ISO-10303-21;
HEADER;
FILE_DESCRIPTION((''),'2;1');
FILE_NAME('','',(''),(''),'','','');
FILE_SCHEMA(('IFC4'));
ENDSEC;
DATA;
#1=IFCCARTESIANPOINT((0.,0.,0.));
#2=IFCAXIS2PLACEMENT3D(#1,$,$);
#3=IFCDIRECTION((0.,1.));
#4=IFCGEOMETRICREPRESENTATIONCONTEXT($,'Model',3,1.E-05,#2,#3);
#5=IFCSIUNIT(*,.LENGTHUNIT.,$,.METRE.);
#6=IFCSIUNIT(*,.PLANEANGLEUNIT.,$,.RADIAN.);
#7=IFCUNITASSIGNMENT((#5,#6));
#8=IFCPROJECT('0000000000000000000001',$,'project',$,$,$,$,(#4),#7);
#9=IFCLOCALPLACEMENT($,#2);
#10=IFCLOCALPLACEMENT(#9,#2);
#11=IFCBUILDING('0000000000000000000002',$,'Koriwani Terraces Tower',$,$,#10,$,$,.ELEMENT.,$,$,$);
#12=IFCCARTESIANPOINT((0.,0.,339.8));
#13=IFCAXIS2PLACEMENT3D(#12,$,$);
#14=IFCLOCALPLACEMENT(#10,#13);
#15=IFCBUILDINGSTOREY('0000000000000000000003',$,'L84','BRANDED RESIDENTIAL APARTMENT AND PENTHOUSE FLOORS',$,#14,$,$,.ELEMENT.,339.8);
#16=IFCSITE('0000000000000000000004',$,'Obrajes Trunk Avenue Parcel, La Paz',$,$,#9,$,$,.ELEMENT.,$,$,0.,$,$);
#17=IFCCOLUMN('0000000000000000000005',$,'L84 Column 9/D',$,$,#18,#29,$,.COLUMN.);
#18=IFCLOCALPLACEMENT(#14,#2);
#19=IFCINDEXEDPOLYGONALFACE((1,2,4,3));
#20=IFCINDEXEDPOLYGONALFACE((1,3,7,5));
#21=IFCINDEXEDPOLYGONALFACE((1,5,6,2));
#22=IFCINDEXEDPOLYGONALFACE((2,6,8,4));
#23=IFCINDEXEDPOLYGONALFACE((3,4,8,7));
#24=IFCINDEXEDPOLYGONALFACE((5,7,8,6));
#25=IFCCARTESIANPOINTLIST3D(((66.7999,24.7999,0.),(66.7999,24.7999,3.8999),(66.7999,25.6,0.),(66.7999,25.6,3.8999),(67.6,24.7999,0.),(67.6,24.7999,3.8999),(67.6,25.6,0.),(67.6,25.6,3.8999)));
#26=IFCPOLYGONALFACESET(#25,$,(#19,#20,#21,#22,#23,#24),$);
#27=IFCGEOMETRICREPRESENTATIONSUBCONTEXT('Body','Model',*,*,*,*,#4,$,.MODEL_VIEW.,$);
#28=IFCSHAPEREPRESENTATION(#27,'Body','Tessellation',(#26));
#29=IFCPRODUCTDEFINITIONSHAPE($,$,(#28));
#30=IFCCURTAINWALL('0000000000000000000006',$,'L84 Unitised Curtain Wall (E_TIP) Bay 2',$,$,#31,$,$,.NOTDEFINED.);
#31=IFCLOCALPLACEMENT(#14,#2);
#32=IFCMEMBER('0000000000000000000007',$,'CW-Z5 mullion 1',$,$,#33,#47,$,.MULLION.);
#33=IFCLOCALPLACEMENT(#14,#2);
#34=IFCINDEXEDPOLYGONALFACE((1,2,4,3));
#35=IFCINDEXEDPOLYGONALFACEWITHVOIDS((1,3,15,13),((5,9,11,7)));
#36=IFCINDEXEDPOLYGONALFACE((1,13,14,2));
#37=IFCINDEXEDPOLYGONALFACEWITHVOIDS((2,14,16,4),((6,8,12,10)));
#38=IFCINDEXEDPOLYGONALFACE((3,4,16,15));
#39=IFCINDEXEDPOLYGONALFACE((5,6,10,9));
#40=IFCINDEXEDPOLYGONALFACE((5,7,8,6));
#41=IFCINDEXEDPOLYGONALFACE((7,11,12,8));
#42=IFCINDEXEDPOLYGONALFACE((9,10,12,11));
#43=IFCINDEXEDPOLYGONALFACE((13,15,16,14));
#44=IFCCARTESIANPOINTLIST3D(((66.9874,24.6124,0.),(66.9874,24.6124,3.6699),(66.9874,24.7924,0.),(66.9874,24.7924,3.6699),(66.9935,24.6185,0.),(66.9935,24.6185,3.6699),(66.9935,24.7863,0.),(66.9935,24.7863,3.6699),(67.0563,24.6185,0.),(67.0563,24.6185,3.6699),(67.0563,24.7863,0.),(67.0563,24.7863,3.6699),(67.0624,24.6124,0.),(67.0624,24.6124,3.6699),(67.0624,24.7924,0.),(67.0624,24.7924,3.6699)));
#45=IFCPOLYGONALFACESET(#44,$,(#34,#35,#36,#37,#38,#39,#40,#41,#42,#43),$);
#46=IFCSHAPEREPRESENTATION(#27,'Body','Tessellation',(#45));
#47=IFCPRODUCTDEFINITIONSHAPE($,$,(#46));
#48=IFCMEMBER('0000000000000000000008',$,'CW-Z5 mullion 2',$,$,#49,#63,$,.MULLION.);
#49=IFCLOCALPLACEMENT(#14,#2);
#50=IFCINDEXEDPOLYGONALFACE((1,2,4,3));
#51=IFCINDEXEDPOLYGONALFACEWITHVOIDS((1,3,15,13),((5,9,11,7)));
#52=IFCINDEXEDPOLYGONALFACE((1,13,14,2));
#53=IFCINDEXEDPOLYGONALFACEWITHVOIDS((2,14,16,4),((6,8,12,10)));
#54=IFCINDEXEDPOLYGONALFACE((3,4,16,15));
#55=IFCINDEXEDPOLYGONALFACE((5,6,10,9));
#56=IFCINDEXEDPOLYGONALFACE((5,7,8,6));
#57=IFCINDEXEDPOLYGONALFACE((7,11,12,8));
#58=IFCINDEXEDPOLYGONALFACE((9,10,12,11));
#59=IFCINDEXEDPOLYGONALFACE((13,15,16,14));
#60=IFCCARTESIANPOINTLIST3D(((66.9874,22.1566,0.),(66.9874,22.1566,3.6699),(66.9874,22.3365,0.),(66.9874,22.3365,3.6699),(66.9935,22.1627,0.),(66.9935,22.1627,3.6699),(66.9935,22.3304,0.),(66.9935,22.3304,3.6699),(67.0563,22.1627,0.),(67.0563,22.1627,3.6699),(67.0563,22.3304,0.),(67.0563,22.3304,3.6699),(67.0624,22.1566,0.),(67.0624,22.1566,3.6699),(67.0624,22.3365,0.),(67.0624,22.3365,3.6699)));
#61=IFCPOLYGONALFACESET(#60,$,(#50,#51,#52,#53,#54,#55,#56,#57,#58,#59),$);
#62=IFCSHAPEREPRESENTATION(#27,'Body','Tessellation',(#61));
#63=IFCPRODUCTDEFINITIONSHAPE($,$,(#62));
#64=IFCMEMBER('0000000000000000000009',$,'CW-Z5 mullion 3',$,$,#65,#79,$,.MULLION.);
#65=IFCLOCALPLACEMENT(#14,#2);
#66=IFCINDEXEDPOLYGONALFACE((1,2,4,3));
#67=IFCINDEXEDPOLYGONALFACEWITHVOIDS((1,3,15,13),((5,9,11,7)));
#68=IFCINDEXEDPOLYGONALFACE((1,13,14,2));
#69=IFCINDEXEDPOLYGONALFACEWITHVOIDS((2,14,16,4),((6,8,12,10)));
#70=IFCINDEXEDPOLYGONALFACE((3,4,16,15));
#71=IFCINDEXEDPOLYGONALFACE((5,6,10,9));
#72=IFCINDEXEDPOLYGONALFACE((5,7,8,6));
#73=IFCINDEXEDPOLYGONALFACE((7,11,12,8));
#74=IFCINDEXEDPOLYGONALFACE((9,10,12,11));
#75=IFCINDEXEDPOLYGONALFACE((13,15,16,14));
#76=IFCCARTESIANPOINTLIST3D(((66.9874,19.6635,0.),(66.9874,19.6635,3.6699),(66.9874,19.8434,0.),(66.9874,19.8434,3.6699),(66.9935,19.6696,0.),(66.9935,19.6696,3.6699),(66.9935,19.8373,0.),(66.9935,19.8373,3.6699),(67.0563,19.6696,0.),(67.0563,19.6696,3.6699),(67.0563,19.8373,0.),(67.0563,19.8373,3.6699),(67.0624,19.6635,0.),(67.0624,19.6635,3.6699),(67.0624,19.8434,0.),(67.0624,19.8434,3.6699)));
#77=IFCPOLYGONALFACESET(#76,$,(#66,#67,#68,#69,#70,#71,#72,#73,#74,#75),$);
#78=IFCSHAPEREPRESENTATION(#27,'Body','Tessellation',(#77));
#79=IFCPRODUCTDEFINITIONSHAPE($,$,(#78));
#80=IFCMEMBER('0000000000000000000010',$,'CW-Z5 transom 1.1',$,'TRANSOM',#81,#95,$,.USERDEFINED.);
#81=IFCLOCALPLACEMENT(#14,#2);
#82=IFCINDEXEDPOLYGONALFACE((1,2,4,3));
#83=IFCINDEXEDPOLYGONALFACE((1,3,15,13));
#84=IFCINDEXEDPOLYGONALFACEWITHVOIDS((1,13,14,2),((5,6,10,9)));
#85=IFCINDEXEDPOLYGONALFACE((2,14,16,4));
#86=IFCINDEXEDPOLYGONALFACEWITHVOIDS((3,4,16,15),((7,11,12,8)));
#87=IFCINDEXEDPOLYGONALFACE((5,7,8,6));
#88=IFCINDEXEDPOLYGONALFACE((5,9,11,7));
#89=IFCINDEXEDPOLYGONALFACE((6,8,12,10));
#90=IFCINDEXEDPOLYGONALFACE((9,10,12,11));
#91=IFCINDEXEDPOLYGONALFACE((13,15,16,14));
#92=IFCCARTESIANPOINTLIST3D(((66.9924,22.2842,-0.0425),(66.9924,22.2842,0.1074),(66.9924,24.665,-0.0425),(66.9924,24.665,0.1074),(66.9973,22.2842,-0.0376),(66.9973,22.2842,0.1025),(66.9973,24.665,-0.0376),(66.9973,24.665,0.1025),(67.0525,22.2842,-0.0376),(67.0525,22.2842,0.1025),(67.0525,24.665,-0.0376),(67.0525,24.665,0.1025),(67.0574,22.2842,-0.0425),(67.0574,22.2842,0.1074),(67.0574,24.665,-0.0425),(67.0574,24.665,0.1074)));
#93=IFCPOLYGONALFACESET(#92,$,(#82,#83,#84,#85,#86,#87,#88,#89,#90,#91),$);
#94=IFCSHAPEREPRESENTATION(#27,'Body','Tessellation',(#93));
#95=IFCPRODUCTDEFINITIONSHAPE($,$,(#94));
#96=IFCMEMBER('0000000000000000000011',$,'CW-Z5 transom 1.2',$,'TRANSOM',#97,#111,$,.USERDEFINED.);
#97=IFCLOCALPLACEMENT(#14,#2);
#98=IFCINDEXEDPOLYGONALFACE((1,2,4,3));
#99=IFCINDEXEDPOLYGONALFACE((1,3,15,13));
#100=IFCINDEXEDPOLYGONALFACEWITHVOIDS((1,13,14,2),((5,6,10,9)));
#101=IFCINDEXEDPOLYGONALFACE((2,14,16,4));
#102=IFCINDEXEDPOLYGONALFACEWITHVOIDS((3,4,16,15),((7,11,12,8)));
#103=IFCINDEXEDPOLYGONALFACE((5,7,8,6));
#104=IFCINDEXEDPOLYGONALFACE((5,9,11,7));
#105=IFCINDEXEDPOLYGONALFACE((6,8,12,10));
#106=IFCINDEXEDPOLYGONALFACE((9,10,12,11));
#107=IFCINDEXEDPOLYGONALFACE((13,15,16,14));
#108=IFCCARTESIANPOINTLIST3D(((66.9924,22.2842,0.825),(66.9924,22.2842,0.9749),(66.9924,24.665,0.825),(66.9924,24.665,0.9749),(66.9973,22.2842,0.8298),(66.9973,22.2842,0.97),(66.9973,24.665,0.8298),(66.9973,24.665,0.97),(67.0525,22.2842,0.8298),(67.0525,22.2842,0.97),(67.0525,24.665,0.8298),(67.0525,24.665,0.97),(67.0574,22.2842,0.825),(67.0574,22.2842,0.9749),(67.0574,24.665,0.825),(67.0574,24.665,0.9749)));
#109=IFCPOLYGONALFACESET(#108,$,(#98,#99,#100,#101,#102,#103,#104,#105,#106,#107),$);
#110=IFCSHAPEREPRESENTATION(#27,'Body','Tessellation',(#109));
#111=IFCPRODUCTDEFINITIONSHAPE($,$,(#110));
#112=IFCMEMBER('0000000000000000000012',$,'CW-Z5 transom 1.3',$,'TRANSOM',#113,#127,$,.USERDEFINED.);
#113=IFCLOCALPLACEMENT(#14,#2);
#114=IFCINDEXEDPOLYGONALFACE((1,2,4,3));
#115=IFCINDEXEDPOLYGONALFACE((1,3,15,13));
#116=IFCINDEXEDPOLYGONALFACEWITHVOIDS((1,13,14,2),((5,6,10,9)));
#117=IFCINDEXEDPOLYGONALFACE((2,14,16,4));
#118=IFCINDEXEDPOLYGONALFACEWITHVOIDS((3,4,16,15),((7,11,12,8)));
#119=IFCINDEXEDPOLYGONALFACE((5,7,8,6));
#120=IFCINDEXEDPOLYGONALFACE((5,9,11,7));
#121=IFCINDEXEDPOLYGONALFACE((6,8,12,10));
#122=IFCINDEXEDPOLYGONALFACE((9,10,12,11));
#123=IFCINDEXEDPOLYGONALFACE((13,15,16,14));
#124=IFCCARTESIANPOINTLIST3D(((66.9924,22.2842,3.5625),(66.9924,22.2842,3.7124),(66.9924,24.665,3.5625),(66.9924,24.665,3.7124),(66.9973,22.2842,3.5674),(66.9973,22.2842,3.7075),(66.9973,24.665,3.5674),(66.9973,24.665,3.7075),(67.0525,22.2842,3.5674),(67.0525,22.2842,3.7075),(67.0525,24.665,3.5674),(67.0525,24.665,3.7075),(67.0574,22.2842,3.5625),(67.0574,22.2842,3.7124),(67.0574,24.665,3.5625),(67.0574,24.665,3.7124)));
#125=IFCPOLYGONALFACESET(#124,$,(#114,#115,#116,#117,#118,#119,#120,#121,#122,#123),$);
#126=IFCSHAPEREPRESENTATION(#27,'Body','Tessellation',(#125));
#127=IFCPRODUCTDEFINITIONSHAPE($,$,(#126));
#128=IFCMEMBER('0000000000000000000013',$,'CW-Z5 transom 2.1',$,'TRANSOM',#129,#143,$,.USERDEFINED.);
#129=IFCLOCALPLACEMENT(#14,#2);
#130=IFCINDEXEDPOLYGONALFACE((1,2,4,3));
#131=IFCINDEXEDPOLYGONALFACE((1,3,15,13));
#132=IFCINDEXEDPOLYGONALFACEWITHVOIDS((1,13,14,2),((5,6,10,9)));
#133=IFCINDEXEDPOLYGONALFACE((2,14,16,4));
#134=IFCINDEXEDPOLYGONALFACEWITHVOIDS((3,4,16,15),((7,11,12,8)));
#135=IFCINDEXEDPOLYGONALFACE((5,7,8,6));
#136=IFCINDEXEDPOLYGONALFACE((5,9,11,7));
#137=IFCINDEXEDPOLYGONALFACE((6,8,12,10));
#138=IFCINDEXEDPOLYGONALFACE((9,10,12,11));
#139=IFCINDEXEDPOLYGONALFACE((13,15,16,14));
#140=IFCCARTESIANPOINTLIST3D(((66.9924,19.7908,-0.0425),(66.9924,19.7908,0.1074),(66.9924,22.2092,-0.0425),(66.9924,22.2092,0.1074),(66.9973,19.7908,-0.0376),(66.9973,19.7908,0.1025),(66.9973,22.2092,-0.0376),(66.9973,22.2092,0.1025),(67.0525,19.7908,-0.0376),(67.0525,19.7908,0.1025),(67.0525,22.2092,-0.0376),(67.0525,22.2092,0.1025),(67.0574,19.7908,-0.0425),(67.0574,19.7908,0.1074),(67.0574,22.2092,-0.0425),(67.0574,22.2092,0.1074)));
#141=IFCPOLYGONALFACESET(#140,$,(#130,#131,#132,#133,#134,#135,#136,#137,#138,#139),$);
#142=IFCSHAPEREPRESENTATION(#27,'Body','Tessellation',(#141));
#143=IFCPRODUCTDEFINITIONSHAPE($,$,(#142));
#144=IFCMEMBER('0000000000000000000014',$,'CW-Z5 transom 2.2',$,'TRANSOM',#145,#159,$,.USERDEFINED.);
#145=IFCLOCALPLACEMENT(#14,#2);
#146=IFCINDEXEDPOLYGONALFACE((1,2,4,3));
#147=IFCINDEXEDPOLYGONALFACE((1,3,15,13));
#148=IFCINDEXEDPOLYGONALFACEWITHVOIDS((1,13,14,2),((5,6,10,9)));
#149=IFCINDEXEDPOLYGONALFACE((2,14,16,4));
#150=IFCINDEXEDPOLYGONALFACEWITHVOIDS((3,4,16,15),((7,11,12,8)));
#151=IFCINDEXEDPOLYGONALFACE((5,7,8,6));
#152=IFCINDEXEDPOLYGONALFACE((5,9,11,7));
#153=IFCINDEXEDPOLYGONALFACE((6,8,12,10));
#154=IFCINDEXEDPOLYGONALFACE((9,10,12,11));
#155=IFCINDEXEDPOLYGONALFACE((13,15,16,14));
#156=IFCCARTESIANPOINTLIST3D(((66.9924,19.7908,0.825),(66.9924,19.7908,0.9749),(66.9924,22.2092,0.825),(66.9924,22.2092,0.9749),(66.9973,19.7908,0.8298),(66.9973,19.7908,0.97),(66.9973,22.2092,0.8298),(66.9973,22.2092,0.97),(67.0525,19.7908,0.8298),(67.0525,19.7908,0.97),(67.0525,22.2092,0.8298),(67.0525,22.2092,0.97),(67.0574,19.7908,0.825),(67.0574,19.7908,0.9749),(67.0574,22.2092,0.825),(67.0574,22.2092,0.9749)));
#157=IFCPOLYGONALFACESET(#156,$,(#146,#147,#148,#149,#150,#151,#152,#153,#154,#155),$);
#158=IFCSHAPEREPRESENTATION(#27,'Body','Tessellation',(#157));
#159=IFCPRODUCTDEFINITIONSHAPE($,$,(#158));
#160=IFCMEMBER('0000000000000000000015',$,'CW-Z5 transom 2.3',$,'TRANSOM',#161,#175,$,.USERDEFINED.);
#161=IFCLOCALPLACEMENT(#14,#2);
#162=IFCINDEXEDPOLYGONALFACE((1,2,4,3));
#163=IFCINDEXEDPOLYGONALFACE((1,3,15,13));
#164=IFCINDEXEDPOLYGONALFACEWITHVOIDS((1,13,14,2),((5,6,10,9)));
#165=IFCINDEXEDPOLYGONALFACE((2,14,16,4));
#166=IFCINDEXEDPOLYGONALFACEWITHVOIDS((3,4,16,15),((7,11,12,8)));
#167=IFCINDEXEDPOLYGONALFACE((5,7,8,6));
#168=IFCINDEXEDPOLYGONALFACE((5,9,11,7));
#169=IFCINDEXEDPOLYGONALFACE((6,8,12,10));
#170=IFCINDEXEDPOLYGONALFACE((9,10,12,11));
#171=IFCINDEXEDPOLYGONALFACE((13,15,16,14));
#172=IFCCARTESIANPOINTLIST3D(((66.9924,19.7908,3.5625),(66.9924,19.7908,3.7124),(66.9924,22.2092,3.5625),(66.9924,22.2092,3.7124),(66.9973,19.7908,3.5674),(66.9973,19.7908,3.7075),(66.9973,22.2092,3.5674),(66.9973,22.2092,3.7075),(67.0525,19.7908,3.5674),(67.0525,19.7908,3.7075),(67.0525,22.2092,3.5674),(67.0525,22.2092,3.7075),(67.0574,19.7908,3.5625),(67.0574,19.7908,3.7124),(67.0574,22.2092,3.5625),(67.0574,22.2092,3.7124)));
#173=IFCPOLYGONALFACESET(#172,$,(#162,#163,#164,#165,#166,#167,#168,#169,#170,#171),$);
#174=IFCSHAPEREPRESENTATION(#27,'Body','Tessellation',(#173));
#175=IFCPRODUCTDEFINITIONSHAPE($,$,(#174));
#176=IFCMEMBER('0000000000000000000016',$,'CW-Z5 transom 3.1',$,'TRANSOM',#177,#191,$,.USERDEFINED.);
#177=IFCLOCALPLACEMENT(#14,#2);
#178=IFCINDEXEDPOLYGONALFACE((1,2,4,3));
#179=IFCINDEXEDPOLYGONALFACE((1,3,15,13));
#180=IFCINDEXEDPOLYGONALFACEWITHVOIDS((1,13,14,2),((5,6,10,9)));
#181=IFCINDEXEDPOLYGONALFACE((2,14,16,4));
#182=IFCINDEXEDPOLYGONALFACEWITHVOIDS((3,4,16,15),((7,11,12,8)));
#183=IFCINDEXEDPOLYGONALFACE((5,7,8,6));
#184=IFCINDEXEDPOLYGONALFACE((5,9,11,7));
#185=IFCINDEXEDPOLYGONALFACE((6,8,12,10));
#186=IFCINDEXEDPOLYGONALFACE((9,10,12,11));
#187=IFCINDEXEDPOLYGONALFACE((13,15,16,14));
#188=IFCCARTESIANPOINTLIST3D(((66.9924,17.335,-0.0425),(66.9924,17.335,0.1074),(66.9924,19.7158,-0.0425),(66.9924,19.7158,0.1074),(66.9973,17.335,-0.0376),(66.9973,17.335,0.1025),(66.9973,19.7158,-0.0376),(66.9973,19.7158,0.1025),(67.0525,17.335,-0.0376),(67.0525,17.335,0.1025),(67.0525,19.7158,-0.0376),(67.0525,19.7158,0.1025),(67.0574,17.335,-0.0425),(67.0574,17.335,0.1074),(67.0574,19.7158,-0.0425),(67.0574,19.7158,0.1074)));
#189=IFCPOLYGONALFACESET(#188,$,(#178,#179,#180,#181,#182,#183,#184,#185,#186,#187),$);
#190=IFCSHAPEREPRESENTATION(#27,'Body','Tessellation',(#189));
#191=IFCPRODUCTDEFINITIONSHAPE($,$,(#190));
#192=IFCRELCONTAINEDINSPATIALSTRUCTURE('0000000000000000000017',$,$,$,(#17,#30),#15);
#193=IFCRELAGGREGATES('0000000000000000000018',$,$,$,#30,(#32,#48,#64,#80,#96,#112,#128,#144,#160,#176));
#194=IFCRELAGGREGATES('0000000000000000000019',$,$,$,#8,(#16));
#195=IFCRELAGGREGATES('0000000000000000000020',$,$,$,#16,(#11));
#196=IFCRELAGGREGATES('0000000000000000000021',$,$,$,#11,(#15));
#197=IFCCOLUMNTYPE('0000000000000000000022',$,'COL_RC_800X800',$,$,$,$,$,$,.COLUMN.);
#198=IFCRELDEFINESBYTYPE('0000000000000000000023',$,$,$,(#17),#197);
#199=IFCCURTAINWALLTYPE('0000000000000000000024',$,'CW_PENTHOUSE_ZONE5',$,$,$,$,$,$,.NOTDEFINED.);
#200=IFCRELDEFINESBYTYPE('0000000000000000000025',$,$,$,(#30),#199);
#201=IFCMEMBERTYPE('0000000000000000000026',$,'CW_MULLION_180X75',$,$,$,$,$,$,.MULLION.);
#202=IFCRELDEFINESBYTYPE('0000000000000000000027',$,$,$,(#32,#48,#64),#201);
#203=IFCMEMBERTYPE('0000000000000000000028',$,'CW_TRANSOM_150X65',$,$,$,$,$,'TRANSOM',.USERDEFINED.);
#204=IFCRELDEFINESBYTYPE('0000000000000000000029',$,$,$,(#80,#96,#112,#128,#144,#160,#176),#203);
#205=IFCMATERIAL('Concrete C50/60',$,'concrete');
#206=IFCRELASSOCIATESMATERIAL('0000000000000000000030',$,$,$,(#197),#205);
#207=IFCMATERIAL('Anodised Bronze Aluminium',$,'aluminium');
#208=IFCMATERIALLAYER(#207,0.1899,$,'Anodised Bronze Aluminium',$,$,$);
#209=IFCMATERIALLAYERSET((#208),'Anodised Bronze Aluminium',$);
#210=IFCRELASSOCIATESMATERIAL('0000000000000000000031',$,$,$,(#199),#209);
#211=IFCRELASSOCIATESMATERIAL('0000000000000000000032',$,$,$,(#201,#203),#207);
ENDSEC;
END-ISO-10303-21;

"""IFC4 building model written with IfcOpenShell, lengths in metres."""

from ifc_helpers import new_model, si_unit, direction, frame, origin, origin_2d, place, context, subcontext, project, spatial, rectangle, hollow_rectangle, extrude, material, layer, layer_set, material_profile, profile_set, type_object, element, aggregate, save


model = new_model("IFC4")

# Units and contexts
model_context = context("Model", 3, precision=1e-05, world=origin(), true_north=direction((0.0, 1.0)))
body_context = subcontext(model_context, "Body", "Model", "MODEL_VIEW")
ifc_project = project(units=[si_unit("LENGTHUNIT", "METRE"), si_unit("PLANEANGLEUNIT", "RADIAN")], contexts=[model_context])

# Site, building, storey
site_placement = place(None, origin())
site = spatial("IfcSite", under=ifc_project, at=site_placement, Name="Obrajes Trunk Avenue Parcel, La Paz", CompositionType="ELEMENT", RefElevation=0.0)
building_placement = place(site_placement, origin())
building = spatial("IfcBuilding", under=site, at=building_placement, Name="Koriwani Terraces Tower", CompositionType="ELEMENT")
storey_placement = place(building_placement, frame((0.0, 0.0, 339.8)))
storey = spatial("IfcBuildingStorey", under=building, at=storey_placement, Name="L84", Description="BRANDED RESIDENTIAL APARTMENT AND PENTHOUSE FLOORS", CompositionType="ELEMENT", Elevation=339.8)

# Column
ifc_material_1 = material(Name="Concrete C50/60", Category="concrete")
ifc_material_profile_1 = material_profile(ifc_material_1, rectangle(XDim=0.8, YDim=0.8, at=origin_2d()), Name="Concrete C50/60", Category="LoadBearing")
ifc_profile_set_1 = profile_set([ifc_material_profile_1], Name="Concrete C50/60")
column_type = type_object("IfcColumnType", Name="COL_RC_800X800", PredefinedType="COLUMN", material=ifc_profile_set_1)
column_placement = place(storey_placement, frame((67.2, 25.2, 0.0), z_axis=(0.0, 0.0, 1.0), x_axis=(1.0, 0.0, 0.0)))
element("IfcColumn", 1, at=column_placement, inside=storey, type_object=column_type, Name="L84 Column 9/D", PredefinedType="COLUMN", context=body_context, shape_type="SweptSolid", body=[
    extrude(rectangle(XDim=0.8, YDim=0.8, at=origin_2d()), origin(), (0.0, 0.0, 1.0), 3.8999),
])

# Curtain wall, members
ifc_material_2 = material(Name="Anodised Bronze Aluminium", Category="aluminium")
ifc_layer_1 = layer(ifc_material_2, 0.1899, Name="Anodised Bronze Aluminium")
ifc_layer_set_1 = layer_set([ifc_layer_1], Name="Anodised Bronze Aluminium")
curtain_wall_type = type_object("IfcCurtainWallType", Name="CW_PENTHOUSE_ZONE5", PredefinedType="NOTDEFINED", material=ifc_layer_set_1)
curtain_wall_placement = place(storey_placement, origin())
curtain_wall = element("IfcCurtainWall", 2, at=curtain_wall_placement, inside=storey, type_object=curtain_wall_type, Name="L84 Unitised Curtain Wall (E_TIP) Bay 2", PredefinedType="NOTDEFINED")
ifc_material_profile_2 = material_profile(ifc_material_2, hollow_rectangle(XDim=0.075, YDim=0.1799, WallThickness=0.0061, at=origin_2d()), Name="Anodised Bronze Aluminium", Category="LoadBearing")
ifc_profile_set_2 = profile_set([ifc_material_profile_2], Name="Anodised Bronze Aluminium")
member_type_1 = type_object("IfcMemberType", Name="CW_MULLION_180X75", PredefinedType="MULLION", material=ifc_profile_set_2)
member_1_placement = place(storey_placement, frame((67.0249, 24.7024, 0.0), z_axis=(0.0, 0.0, 1.0), x_axis=(1.0, 0.0, 0.0)))
member_1 = element("IfcMember", 3, at=member_1_placement, type_object=member_type_1, Name="CW-Z5 mullion 1", PredefinedType="MULLION", context=body_context, shape_type="SweptSolid", body=[
    extrude(hollow_rectangle(XDim=0.075, YDim=0.1799, WallThickness=0.0061, at=origin_2d()), origin(), (0.0, 0.0, 1.0), 3.6699),
])
member_2_placement = place(storey_placement, frame((67.0249, 22.2466, 0.0), z_axis=(0.0, 0.0, 1.0), x_axis=(1.0, 0.0, 0.0)))
member_2 = element("IfcMember", 4, at=member_2_placement, type_object=member_type_1, Name="CW-Z5 mullion 2", PredefinedType="MULLION", context=body_context, shape_type="SweptSolid", body=[
    extrude(hollow_rectangle(XDim=0.075, YDim=0.1799, WallThickness=0.0061, at=origin_2d()), origin(), (0.0, 0.0, 1.0), 3.6699),
])
member_3_placement = place(storey_placement, frame((67.0249, 19.7534, 0.0), z_axis=(0.0, 0.0, 1.0), x_axis=(1.0, 0.0, 0.0)))
member_3 = element("IfcMember", 5, at=member_3_placement, type_object=member_type_1, Name="CW-Z5 mullion 3", PredefinedType="MULLION", context=body_context, shape_type="SweptSolid", body=[
    extrude(hollow_rectangle(XDim=0.075, YDim=0.1799, WallThickness=0.0061, at=origin_2d()), origin(), (0.0, 0.0, 1.0), 3.6699),
])
ifc_material_profile_3 = material_profile(ifc_material_2, hollow_rectangle(XDim=0.0649, YDim=0.1499, WallThickness=0.0049, at=origin_2d()), Name="Anodised Bronze Aluminium", Category="LoadBearing")
ifc_profile_set_3 = profile_set([ifc_material_profile_3], Name="Anodised Bronze Aluminium")
member_type_2 = type_object("IfcMemberType", Name="CW_TRANSOM_150X65", ElementType="TRANSOM", PredefinedType="USERDEFINED", material=ifc_profile_set_3)
member_4_placement = place(storey_placement, frame((67.0249, 24.665, 0.0325), z_axis=(0.0, -1.0, 0.0), x_axis=(1.0, 0.0, 0.0)))
member_4 = element("IfcMember", 6, at=member_4_placement, type_object=member_type_2, Name="CW-Z5 transom 1.1", ObjectType="TRANSOM", PredefinedType="USERDEFINED", context=body_context, shape_type="SweptSolid", body=[
    extrude(hollow_rectangle(XDim=0.0649, YDim=0.1499, WallThickness=0.0049, at=origin_2d()), origin(), (0.0, 0.0, 1.0), 2.3809),
])
member_5_placement = place(storey_placement, frame((67.0249, 24.665, 0.8999), z_axis=(0.0, -1.0, 0.0), x_axis=(1.0, 0.0, 0.0)))
member_5 = element("IfcMember", 7, at=member_5_placement, type_object=member_type_2, Name="CW-Z5 transom 1.2", ObjectType="TRANSOM", PredefinedType="USERDEFINED", context=body_context, shape_type="SweptSolid", body=[
    extrude(hollow_rectangle(XDim=0.0649, YDim=0.1499, WallThickness=0.0049, at=origin_2d()), origin(), (0.0, 0.0, 1.0), 2.3809),
])
member_6_placement = place(storey_placement, frame((67.0249, 24.665, 3.6375), z_axis=(0.0, -1.0, 0.0), x_axis=(1.0, 0.0, 0.0)))
member_6 = element("IfcMember", 8, at=member_6_placement, type_object=member_type_2, Name="CW-Z5 transom 1.3", ObjectType="TRANSOM", PredefinedType="USERDEFINED", context=body_context, shape_type="SweptSolid", body=[
    extrude(hollow_rectangle(XDim=0.0649, YDim=0.1499, WallThickness=0.0049, at=origin_2d()), origin(), (0.0, 0.0, 1.0), 2.3809),
])
member_7_placement = place(storey_placement, frame((67.0249, 22.2092, 0.0325), z_axis=(0.0, -1.0, 0.0), x_axis=(1.0, 0.0, 0.0)))
member_7 = element("IfcMember", 9, at=member_7_placement, type_object=member_type_2, Name="CW-Z5 transom 2.1", ObjectType="TRANSOM", PredefinedType="USERDEFINED", context=body_context, shape_type="SweptSolid", body=[
    extrude(hollow_rectangle(XDim=0.0649, YDim=0.1499, WallThickness=0.0049, at=origin_2d()), origin(), (0.0, 0.0, 1.0), 2.4185),
])
member_8_placement = place(storey_placement, frame((67.0249, 22.2092, 0.8999), z_axis=(0.0, -1.0, 0.0), x_axis=(1.0, 0.0, 0.0)))
member_8 = element("IfcMember", 10, at=member_8_placement, type_object=member_type_2, Name="CW-Z5 transom 2.2", ObjectType="TRANSOM", PredefinedType="USERDEFINED", context=body_context, shape_type="SweptSolid", body=[
    extrude(hollow_rectangle(XDim=0.0649, YDim=0.1499, WallThickness=0.0049, at=origin_2d()), origin(), (0.0, 0.0, 1.0), 2.4185),
])
member_9_placement = place(storey_placement, frame((67.0249, 22.2092, 3.6375), z_axis=(0.0, -1.0, 0.0), x_axis=(1.0, 0.0, 0.0)))
member_9 = element("IfcMember", 11, at=member_9_placement, type_object=member_type_2, Name="CW-Z5 transom 2.3", ObjectType="TRANSOM", PredefinedType="USERDEFINED", context=body_context, shape_type="SweptSolid", body=[
    extrude(hollow_rectangle(XDim=0.0649, YDim=0.1499, WallThickness=0.0049, at=origin_2d()), origin(), (0.0, 0.0, 1.0), 2.4185),
])
member_10_placement = place(storey_placement, frame((67.0249, 19.7158, 0.0325), z_axis=(0.0, -1.0, 0.0), x_axis=(1.0, 0.0, 0.0)))
member_10 = element("IfcMember", 12, at=member_10_placement, type_object=member_type_2, Name="CW-Z5 transom 3.1", ObjectType="TRANSOM", PredefinedType="USERDEFINED", context=body_context, shape_type="SweptSolid", body=[
    extrude(hollow_rectangle(XDim=0.0649, YDim=0.1499, WallThickness=0.0049, at=origin_2d()), origin(), (0.0, 0.0, 1.0), 2.3809),
])

aggregate(curtain_wall, [member_1, member_2, member_3, member_4, member_5, member_6, member_7, member_8, member_9, member_10])

save(model, "model.ifc")
